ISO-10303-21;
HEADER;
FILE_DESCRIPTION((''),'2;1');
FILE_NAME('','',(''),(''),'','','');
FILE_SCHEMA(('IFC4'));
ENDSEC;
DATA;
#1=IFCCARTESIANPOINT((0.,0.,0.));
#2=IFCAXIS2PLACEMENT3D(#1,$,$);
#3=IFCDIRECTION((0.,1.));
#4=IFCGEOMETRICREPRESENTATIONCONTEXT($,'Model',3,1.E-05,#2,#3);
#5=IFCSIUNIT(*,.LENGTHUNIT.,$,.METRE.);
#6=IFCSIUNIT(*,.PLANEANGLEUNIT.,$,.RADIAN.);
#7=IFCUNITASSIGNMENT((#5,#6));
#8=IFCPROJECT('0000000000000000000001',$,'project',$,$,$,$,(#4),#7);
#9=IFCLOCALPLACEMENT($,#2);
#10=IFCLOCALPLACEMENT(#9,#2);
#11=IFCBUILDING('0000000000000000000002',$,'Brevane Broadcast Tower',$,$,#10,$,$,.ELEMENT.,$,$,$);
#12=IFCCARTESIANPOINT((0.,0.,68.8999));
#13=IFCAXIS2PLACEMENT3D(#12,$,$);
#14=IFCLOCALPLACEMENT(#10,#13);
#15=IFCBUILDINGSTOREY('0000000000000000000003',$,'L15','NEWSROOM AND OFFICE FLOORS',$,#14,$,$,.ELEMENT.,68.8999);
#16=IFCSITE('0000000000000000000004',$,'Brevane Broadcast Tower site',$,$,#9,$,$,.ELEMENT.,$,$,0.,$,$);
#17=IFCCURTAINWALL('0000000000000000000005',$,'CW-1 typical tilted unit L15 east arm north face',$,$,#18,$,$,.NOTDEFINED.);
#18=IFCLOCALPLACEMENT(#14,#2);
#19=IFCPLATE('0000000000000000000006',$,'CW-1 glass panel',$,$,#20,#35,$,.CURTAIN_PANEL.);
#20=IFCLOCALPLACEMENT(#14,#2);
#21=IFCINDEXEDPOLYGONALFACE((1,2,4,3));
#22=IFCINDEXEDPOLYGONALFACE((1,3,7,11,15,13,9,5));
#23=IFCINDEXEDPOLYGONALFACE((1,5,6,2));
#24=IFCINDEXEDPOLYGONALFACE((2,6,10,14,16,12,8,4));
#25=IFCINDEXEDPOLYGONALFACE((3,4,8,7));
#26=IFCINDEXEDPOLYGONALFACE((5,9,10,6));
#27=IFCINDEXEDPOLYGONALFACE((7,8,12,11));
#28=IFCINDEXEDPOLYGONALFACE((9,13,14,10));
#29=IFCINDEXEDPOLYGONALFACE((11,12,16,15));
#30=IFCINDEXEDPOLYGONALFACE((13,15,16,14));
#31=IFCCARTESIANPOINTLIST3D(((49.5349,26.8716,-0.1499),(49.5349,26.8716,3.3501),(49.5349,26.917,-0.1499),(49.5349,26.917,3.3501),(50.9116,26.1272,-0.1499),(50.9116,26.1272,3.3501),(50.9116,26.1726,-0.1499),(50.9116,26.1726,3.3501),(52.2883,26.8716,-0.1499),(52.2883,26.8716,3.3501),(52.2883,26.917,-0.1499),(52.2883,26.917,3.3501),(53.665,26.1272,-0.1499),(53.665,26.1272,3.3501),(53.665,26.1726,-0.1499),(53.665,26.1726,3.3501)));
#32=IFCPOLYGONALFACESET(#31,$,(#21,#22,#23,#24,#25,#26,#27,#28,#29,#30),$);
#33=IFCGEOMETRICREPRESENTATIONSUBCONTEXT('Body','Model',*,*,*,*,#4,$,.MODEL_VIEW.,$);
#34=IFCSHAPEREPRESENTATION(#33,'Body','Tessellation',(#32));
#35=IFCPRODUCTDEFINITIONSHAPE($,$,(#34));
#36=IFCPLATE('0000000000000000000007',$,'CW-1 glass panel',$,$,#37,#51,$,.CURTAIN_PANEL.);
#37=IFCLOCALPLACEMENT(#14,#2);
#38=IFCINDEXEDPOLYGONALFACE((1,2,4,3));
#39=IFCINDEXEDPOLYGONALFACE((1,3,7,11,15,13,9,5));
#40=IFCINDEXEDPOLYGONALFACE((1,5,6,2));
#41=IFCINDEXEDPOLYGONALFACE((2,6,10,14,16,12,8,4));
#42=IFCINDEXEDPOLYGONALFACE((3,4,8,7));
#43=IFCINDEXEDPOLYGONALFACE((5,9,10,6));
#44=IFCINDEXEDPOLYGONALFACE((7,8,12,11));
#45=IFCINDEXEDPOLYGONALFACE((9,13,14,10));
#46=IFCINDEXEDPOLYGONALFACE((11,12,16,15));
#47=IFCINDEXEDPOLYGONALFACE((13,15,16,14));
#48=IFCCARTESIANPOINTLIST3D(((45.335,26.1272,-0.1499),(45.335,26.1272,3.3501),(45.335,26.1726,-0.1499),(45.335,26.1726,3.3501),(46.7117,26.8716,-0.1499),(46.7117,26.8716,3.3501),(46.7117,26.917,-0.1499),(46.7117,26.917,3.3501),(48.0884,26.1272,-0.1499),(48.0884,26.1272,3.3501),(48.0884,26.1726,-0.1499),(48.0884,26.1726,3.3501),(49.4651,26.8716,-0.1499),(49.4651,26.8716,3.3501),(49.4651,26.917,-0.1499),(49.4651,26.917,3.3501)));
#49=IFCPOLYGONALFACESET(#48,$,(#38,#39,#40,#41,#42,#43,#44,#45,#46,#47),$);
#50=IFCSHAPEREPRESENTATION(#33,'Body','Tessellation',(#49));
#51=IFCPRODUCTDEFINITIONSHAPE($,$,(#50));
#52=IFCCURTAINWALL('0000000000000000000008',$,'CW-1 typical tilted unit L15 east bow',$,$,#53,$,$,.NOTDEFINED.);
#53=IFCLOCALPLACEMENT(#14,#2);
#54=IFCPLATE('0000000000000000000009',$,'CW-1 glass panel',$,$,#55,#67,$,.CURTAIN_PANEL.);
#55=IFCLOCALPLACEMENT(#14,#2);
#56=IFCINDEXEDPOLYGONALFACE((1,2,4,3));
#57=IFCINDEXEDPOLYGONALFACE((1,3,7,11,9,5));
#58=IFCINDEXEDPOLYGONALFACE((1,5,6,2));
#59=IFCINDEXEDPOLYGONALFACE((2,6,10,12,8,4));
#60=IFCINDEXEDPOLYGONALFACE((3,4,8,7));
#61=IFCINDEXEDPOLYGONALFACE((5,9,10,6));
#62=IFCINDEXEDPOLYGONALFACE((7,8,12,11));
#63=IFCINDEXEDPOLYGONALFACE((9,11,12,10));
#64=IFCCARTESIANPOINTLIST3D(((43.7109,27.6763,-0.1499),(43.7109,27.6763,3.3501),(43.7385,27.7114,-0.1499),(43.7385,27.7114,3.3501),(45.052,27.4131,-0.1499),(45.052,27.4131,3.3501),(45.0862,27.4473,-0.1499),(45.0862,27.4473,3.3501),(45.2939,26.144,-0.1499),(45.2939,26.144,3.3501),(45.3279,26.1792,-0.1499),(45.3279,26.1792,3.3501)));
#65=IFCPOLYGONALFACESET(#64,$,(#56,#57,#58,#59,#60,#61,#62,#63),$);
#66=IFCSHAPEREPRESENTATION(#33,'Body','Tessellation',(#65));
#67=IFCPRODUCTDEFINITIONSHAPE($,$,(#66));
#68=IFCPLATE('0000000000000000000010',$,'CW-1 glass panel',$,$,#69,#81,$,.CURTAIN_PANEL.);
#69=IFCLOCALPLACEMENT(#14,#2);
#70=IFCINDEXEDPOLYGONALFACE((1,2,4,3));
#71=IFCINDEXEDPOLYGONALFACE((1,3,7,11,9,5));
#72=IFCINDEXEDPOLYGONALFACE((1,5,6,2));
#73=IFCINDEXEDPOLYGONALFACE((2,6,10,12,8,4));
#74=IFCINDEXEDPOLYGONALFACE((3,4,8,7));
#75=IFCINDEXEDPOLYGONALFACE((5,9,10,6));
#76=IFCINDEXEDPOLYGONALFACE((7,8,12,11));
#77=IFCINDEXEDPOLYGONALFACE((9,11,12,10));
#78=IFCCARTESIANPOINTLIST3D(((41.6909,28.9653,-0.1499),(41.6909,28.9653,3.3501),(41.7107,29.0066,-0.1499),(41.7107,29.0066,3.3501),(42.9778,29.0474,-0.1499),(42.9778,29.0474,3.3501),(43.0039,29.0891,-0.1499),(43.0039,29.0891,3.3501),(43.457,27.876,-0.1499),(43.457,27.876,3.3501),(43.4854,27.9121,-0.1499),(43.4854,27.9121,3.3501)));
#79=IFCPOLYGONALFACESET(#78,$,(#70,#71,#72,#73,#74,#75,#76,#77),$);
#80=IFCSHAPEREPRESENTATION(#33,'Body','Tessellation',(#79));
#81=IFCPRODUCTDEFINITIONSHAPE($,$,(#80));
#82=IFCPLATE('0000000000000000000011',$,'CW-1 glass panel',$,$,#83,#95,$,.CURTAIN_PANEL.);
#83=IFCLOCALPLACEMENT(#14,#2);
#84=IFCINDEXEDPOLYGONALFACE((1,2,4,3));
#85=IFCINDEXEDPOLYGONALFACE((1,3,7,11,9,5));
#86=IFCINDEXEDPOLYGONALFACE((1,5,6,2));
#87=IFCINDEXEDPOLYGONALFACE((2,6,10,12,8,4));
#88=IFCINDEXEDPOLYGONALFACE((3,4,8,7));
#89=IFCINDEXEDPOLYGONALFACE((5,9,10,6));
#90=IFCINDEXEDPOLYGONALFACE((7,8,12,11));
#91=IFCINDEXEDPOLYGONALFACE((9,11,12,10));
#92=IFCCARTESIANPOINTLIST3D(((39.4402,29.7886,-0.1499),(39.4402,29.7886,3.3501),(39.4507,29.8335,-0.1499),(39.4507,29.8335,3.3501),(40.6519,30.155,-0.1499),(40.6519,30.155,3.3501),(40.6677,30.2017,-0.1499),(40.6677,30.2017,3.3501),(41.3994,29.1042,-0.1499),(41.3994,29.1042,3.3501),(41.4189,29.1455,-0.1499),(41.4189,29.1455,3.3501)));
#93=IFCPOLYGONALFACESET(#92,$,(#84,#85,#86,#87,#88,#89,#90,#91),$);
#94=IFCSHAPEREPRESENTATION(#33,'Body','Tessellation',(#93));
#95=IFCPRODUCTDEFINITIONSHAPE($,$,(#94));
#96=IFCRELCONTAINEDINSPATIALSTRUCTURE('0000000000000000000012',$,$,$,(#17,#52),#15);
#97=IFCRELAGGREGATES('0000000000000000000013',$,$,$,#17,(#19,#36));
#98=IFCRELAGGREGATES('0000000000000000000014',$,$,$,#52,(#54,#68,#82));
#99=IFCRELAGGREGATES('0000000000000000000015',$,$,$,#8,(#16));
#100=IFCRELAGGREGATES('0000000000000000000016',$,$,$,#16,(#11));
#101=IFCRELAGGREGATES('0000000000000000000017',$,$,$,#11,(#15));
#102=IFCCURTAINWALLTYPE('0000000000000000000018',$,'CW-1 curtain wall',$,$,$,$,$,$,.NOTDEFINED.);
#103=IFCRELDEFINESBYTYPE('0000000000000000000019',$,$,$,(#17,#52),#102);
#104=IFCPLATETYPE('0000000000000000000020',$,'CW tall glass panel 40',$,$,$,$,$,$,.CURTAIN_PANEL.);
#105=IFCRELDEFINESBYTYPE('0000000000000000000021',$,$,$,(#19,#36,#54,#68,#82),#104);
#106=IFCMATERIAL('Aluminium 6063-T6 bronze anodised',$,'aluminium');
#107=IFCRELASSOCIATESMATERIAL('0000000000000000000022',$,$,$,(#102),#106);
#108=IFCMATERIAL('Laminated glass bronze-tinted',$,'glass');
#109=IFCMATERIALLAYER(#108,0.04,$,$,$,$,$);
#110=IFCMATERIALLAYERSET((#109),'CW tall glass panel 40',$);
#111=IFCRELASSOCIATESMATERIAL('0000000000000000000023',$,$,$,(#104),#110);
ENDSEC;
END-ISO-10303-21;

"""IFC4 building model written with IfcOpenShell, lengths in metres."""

from ifc_helpers import new_model, si_unit, direction, frame, origin, place, context, subcontext, project, spatial, polyline, outline, extrude, material, layer, layer_set, type_object, element, aggregate, save


model = new_model("IFC4")

# Units and contexts
model_context = context("Model", 3, precision=1e-05, world=origin(), true_north=direction((0.0, 1.0)))
body_context = subcontext(model_context, "Body", "Model", "MODEL_VIEW")
ifc_project = project(units=[si_unit("LENGTHUNIT", "METRE"), si_unit("PLANEANGLEUNIT", "RADIAN")], contexts=[model_context])

# Site, building, storey
site_placement = place(None, origin())
site = spatial("IfcSite", under=ifc_project, at=site_placement, Name="Brevane Broadcast Tower site", CompositionType="ELEMENT", RefElevation=0.0)
building_placement = place(site_placement, origin())
building = spatial("IfcBuilding", under=site, at=building_placement, Name="Brevane Broadcast Tower", CompositionType="ELEMENT")
storey_placement = place(building_placement, frame((0.0, 0.0, 68.8999)))
storey = spatial("IfcBuildingStorey", under=building, at=storey_placement, Name="L15", Description="NEWSROOM AND OFFICE FLOORS", CompositionType="ELEMENT", Elevation=68.8999)

# Curtain walls, plates
ifc_material_1 = material(Name="Aluminium 6063-T6 bronze anodised", Category="aluminium")
curtain_wall_type = type_object("IfcCurtainWallType", Name="CW-1 curtain wall", PredefinedType="NOTDEFINED", material=ifc_material_1)
ifc_material_2 = material(Name="Laminated glass bronze-tinted", Category="glass")
ifc_layer = layer(ifc_material_2, 0.04)
ifc_layer_set = layer_set([ifc_layer], Name="CW tall glass panel 40")
plate_type = type_object("IfcPlateType", Name="CW tall glass panel 40", PredefinedType="CURTAIN_PANEL", material=ifc_layer_set)
curtain_wall_1_placement = place(storey_placement, origin())
curtain_wall_1 = element("IfcCurtainWall", 1, at=curtain_wall_1_placement, inside=storey, type_object=curtain_wall_type, Name="CW-1 typical tilted unit L15 east arm north face", PredefinedType="NOTDEFINED")
plate_1_placement = place(storey_placement, frame((0.0, 0.0, -0.1499)))
plate_1 = element("IfcPlate", 2, at=plate_1_placement, type_object=plate_type, Name="CW-1 glass panel", PredefinedType="CURTAIN_PANEL", context=body_context, shape_type="SweptSolid", body=[
    extrude(outline(polyline([(53.665, 26.1272), (53.665, 26.1726), (52.2883, 26.917), (50.9116, 26.1726), (49.5349, 26.917), (49.5349, 26.8716), (50.9116, 26.1272), (52.2883, 26.8716), (53.665, 26.1272)])), origin(), (0.0, 0.0, 1.0), 3.5),
])
plate_2_placement = place(storey_placement, frame((0.0, 0.0, -0.1499)))
plate_2 = element("IfcPlate", 3, at=plate_2_placement, type_object=plate_type, Name="CW-1 glass panel", PredefinedType="CURTAIN_PANEL", context=body_context, shape_type="SweptSolid", body=[
    extrude(outline(polyline([(49.4651, 26.8716), (49.4651, 26.917), (48.0884, 26.1726), (46.7117, 26.917), (45.335, 26.1726), (45.335, 26.1272), (46.7117, 26.8716), (48.0884, 26.1272), (49.4651, 26.8716)])), origin(), (0.0, 0.0, 1.0), 3.5),
])
aggregate(curtain_wall_1, [plate_1, plate_2])
curtain_wall_2_placement = place(storey_placement, origin())
curtain_wall_2 = element("IfcCurtainWall", 4, at=curtain_wall_2_placement, inside=storey, type_object=curtain_wall_type, Name="CW-1 typical tilted unit L15 east bow", PredefinedType="NOTDEFINED")
plate_3_placement = place(storey_placement, frame((0.0, 0.0, -0.1499)))
plate_3 = element("IfcPlate", 5, at=plate_3_placement, type_object=plate_type, Name="CW-1 glass panel", PredefinedType="CURTAIN_PANEL", context=body_context, shape_type="SweptSolid", body=[
    extrude(outline(polyline([(45.2939, 26.144), (45.3279, 26.1792), (45.0862, 27.4473), (43.7385, 27.7114), (43.7109, 27.6763), (45.052, 27.4131), (45.2939, 26.144)])), origin(), (0.0, 0.0, 1.0), 3.5),
])
plate_4_placement = place(storey_placement, frame((0.0, 0.0, -0.1499)))
plate_4 = element("IfcPlate", 6, at=plate_4_placement, type_object=plate_type, Name="CW-1 glass panel", PredefinedType="CURTAIN_PANEL", context=body_context, shape_type="SweptSolid", body=[
    extrude(outline(polyline([(43.457, 27.876), (43.4854, 27.9121), (43.0039, 29.0891), (41.7107, 29.0066), (41.6909, 28.9653), (42.9778, 29.0474), (43.457, 27.876)])), origin(), (0.0, 0.0, 1.0), 3.5),
])
plate_5_placement = place(storey_placement, frame((0.0, 0.0, -0.1499)))
plate_5 = element("IfcPlate", 7, at=plate_5_placement, type_object=plate_type, Name="CW-1 glass panel", PredefinedType="CURTAIN_PANEL", context=body_context, shape_type="SweptSolid", body=[
    extrude(outline(polyline([(41.3994, 29.1042), (41.4189, 29.1455), (40.6677, 30.2017), (39.4507, 29.8335), (39.4402, 29.7886), (40.6519, 30.155), (41.3994, 29.1042)])), origin(), (0.0, 0.0, 1.0), 3.5),
])
aggregate(curtain_wall_2, [plate_3, plate_4, plate_5])

save(model, "model.ifc")
